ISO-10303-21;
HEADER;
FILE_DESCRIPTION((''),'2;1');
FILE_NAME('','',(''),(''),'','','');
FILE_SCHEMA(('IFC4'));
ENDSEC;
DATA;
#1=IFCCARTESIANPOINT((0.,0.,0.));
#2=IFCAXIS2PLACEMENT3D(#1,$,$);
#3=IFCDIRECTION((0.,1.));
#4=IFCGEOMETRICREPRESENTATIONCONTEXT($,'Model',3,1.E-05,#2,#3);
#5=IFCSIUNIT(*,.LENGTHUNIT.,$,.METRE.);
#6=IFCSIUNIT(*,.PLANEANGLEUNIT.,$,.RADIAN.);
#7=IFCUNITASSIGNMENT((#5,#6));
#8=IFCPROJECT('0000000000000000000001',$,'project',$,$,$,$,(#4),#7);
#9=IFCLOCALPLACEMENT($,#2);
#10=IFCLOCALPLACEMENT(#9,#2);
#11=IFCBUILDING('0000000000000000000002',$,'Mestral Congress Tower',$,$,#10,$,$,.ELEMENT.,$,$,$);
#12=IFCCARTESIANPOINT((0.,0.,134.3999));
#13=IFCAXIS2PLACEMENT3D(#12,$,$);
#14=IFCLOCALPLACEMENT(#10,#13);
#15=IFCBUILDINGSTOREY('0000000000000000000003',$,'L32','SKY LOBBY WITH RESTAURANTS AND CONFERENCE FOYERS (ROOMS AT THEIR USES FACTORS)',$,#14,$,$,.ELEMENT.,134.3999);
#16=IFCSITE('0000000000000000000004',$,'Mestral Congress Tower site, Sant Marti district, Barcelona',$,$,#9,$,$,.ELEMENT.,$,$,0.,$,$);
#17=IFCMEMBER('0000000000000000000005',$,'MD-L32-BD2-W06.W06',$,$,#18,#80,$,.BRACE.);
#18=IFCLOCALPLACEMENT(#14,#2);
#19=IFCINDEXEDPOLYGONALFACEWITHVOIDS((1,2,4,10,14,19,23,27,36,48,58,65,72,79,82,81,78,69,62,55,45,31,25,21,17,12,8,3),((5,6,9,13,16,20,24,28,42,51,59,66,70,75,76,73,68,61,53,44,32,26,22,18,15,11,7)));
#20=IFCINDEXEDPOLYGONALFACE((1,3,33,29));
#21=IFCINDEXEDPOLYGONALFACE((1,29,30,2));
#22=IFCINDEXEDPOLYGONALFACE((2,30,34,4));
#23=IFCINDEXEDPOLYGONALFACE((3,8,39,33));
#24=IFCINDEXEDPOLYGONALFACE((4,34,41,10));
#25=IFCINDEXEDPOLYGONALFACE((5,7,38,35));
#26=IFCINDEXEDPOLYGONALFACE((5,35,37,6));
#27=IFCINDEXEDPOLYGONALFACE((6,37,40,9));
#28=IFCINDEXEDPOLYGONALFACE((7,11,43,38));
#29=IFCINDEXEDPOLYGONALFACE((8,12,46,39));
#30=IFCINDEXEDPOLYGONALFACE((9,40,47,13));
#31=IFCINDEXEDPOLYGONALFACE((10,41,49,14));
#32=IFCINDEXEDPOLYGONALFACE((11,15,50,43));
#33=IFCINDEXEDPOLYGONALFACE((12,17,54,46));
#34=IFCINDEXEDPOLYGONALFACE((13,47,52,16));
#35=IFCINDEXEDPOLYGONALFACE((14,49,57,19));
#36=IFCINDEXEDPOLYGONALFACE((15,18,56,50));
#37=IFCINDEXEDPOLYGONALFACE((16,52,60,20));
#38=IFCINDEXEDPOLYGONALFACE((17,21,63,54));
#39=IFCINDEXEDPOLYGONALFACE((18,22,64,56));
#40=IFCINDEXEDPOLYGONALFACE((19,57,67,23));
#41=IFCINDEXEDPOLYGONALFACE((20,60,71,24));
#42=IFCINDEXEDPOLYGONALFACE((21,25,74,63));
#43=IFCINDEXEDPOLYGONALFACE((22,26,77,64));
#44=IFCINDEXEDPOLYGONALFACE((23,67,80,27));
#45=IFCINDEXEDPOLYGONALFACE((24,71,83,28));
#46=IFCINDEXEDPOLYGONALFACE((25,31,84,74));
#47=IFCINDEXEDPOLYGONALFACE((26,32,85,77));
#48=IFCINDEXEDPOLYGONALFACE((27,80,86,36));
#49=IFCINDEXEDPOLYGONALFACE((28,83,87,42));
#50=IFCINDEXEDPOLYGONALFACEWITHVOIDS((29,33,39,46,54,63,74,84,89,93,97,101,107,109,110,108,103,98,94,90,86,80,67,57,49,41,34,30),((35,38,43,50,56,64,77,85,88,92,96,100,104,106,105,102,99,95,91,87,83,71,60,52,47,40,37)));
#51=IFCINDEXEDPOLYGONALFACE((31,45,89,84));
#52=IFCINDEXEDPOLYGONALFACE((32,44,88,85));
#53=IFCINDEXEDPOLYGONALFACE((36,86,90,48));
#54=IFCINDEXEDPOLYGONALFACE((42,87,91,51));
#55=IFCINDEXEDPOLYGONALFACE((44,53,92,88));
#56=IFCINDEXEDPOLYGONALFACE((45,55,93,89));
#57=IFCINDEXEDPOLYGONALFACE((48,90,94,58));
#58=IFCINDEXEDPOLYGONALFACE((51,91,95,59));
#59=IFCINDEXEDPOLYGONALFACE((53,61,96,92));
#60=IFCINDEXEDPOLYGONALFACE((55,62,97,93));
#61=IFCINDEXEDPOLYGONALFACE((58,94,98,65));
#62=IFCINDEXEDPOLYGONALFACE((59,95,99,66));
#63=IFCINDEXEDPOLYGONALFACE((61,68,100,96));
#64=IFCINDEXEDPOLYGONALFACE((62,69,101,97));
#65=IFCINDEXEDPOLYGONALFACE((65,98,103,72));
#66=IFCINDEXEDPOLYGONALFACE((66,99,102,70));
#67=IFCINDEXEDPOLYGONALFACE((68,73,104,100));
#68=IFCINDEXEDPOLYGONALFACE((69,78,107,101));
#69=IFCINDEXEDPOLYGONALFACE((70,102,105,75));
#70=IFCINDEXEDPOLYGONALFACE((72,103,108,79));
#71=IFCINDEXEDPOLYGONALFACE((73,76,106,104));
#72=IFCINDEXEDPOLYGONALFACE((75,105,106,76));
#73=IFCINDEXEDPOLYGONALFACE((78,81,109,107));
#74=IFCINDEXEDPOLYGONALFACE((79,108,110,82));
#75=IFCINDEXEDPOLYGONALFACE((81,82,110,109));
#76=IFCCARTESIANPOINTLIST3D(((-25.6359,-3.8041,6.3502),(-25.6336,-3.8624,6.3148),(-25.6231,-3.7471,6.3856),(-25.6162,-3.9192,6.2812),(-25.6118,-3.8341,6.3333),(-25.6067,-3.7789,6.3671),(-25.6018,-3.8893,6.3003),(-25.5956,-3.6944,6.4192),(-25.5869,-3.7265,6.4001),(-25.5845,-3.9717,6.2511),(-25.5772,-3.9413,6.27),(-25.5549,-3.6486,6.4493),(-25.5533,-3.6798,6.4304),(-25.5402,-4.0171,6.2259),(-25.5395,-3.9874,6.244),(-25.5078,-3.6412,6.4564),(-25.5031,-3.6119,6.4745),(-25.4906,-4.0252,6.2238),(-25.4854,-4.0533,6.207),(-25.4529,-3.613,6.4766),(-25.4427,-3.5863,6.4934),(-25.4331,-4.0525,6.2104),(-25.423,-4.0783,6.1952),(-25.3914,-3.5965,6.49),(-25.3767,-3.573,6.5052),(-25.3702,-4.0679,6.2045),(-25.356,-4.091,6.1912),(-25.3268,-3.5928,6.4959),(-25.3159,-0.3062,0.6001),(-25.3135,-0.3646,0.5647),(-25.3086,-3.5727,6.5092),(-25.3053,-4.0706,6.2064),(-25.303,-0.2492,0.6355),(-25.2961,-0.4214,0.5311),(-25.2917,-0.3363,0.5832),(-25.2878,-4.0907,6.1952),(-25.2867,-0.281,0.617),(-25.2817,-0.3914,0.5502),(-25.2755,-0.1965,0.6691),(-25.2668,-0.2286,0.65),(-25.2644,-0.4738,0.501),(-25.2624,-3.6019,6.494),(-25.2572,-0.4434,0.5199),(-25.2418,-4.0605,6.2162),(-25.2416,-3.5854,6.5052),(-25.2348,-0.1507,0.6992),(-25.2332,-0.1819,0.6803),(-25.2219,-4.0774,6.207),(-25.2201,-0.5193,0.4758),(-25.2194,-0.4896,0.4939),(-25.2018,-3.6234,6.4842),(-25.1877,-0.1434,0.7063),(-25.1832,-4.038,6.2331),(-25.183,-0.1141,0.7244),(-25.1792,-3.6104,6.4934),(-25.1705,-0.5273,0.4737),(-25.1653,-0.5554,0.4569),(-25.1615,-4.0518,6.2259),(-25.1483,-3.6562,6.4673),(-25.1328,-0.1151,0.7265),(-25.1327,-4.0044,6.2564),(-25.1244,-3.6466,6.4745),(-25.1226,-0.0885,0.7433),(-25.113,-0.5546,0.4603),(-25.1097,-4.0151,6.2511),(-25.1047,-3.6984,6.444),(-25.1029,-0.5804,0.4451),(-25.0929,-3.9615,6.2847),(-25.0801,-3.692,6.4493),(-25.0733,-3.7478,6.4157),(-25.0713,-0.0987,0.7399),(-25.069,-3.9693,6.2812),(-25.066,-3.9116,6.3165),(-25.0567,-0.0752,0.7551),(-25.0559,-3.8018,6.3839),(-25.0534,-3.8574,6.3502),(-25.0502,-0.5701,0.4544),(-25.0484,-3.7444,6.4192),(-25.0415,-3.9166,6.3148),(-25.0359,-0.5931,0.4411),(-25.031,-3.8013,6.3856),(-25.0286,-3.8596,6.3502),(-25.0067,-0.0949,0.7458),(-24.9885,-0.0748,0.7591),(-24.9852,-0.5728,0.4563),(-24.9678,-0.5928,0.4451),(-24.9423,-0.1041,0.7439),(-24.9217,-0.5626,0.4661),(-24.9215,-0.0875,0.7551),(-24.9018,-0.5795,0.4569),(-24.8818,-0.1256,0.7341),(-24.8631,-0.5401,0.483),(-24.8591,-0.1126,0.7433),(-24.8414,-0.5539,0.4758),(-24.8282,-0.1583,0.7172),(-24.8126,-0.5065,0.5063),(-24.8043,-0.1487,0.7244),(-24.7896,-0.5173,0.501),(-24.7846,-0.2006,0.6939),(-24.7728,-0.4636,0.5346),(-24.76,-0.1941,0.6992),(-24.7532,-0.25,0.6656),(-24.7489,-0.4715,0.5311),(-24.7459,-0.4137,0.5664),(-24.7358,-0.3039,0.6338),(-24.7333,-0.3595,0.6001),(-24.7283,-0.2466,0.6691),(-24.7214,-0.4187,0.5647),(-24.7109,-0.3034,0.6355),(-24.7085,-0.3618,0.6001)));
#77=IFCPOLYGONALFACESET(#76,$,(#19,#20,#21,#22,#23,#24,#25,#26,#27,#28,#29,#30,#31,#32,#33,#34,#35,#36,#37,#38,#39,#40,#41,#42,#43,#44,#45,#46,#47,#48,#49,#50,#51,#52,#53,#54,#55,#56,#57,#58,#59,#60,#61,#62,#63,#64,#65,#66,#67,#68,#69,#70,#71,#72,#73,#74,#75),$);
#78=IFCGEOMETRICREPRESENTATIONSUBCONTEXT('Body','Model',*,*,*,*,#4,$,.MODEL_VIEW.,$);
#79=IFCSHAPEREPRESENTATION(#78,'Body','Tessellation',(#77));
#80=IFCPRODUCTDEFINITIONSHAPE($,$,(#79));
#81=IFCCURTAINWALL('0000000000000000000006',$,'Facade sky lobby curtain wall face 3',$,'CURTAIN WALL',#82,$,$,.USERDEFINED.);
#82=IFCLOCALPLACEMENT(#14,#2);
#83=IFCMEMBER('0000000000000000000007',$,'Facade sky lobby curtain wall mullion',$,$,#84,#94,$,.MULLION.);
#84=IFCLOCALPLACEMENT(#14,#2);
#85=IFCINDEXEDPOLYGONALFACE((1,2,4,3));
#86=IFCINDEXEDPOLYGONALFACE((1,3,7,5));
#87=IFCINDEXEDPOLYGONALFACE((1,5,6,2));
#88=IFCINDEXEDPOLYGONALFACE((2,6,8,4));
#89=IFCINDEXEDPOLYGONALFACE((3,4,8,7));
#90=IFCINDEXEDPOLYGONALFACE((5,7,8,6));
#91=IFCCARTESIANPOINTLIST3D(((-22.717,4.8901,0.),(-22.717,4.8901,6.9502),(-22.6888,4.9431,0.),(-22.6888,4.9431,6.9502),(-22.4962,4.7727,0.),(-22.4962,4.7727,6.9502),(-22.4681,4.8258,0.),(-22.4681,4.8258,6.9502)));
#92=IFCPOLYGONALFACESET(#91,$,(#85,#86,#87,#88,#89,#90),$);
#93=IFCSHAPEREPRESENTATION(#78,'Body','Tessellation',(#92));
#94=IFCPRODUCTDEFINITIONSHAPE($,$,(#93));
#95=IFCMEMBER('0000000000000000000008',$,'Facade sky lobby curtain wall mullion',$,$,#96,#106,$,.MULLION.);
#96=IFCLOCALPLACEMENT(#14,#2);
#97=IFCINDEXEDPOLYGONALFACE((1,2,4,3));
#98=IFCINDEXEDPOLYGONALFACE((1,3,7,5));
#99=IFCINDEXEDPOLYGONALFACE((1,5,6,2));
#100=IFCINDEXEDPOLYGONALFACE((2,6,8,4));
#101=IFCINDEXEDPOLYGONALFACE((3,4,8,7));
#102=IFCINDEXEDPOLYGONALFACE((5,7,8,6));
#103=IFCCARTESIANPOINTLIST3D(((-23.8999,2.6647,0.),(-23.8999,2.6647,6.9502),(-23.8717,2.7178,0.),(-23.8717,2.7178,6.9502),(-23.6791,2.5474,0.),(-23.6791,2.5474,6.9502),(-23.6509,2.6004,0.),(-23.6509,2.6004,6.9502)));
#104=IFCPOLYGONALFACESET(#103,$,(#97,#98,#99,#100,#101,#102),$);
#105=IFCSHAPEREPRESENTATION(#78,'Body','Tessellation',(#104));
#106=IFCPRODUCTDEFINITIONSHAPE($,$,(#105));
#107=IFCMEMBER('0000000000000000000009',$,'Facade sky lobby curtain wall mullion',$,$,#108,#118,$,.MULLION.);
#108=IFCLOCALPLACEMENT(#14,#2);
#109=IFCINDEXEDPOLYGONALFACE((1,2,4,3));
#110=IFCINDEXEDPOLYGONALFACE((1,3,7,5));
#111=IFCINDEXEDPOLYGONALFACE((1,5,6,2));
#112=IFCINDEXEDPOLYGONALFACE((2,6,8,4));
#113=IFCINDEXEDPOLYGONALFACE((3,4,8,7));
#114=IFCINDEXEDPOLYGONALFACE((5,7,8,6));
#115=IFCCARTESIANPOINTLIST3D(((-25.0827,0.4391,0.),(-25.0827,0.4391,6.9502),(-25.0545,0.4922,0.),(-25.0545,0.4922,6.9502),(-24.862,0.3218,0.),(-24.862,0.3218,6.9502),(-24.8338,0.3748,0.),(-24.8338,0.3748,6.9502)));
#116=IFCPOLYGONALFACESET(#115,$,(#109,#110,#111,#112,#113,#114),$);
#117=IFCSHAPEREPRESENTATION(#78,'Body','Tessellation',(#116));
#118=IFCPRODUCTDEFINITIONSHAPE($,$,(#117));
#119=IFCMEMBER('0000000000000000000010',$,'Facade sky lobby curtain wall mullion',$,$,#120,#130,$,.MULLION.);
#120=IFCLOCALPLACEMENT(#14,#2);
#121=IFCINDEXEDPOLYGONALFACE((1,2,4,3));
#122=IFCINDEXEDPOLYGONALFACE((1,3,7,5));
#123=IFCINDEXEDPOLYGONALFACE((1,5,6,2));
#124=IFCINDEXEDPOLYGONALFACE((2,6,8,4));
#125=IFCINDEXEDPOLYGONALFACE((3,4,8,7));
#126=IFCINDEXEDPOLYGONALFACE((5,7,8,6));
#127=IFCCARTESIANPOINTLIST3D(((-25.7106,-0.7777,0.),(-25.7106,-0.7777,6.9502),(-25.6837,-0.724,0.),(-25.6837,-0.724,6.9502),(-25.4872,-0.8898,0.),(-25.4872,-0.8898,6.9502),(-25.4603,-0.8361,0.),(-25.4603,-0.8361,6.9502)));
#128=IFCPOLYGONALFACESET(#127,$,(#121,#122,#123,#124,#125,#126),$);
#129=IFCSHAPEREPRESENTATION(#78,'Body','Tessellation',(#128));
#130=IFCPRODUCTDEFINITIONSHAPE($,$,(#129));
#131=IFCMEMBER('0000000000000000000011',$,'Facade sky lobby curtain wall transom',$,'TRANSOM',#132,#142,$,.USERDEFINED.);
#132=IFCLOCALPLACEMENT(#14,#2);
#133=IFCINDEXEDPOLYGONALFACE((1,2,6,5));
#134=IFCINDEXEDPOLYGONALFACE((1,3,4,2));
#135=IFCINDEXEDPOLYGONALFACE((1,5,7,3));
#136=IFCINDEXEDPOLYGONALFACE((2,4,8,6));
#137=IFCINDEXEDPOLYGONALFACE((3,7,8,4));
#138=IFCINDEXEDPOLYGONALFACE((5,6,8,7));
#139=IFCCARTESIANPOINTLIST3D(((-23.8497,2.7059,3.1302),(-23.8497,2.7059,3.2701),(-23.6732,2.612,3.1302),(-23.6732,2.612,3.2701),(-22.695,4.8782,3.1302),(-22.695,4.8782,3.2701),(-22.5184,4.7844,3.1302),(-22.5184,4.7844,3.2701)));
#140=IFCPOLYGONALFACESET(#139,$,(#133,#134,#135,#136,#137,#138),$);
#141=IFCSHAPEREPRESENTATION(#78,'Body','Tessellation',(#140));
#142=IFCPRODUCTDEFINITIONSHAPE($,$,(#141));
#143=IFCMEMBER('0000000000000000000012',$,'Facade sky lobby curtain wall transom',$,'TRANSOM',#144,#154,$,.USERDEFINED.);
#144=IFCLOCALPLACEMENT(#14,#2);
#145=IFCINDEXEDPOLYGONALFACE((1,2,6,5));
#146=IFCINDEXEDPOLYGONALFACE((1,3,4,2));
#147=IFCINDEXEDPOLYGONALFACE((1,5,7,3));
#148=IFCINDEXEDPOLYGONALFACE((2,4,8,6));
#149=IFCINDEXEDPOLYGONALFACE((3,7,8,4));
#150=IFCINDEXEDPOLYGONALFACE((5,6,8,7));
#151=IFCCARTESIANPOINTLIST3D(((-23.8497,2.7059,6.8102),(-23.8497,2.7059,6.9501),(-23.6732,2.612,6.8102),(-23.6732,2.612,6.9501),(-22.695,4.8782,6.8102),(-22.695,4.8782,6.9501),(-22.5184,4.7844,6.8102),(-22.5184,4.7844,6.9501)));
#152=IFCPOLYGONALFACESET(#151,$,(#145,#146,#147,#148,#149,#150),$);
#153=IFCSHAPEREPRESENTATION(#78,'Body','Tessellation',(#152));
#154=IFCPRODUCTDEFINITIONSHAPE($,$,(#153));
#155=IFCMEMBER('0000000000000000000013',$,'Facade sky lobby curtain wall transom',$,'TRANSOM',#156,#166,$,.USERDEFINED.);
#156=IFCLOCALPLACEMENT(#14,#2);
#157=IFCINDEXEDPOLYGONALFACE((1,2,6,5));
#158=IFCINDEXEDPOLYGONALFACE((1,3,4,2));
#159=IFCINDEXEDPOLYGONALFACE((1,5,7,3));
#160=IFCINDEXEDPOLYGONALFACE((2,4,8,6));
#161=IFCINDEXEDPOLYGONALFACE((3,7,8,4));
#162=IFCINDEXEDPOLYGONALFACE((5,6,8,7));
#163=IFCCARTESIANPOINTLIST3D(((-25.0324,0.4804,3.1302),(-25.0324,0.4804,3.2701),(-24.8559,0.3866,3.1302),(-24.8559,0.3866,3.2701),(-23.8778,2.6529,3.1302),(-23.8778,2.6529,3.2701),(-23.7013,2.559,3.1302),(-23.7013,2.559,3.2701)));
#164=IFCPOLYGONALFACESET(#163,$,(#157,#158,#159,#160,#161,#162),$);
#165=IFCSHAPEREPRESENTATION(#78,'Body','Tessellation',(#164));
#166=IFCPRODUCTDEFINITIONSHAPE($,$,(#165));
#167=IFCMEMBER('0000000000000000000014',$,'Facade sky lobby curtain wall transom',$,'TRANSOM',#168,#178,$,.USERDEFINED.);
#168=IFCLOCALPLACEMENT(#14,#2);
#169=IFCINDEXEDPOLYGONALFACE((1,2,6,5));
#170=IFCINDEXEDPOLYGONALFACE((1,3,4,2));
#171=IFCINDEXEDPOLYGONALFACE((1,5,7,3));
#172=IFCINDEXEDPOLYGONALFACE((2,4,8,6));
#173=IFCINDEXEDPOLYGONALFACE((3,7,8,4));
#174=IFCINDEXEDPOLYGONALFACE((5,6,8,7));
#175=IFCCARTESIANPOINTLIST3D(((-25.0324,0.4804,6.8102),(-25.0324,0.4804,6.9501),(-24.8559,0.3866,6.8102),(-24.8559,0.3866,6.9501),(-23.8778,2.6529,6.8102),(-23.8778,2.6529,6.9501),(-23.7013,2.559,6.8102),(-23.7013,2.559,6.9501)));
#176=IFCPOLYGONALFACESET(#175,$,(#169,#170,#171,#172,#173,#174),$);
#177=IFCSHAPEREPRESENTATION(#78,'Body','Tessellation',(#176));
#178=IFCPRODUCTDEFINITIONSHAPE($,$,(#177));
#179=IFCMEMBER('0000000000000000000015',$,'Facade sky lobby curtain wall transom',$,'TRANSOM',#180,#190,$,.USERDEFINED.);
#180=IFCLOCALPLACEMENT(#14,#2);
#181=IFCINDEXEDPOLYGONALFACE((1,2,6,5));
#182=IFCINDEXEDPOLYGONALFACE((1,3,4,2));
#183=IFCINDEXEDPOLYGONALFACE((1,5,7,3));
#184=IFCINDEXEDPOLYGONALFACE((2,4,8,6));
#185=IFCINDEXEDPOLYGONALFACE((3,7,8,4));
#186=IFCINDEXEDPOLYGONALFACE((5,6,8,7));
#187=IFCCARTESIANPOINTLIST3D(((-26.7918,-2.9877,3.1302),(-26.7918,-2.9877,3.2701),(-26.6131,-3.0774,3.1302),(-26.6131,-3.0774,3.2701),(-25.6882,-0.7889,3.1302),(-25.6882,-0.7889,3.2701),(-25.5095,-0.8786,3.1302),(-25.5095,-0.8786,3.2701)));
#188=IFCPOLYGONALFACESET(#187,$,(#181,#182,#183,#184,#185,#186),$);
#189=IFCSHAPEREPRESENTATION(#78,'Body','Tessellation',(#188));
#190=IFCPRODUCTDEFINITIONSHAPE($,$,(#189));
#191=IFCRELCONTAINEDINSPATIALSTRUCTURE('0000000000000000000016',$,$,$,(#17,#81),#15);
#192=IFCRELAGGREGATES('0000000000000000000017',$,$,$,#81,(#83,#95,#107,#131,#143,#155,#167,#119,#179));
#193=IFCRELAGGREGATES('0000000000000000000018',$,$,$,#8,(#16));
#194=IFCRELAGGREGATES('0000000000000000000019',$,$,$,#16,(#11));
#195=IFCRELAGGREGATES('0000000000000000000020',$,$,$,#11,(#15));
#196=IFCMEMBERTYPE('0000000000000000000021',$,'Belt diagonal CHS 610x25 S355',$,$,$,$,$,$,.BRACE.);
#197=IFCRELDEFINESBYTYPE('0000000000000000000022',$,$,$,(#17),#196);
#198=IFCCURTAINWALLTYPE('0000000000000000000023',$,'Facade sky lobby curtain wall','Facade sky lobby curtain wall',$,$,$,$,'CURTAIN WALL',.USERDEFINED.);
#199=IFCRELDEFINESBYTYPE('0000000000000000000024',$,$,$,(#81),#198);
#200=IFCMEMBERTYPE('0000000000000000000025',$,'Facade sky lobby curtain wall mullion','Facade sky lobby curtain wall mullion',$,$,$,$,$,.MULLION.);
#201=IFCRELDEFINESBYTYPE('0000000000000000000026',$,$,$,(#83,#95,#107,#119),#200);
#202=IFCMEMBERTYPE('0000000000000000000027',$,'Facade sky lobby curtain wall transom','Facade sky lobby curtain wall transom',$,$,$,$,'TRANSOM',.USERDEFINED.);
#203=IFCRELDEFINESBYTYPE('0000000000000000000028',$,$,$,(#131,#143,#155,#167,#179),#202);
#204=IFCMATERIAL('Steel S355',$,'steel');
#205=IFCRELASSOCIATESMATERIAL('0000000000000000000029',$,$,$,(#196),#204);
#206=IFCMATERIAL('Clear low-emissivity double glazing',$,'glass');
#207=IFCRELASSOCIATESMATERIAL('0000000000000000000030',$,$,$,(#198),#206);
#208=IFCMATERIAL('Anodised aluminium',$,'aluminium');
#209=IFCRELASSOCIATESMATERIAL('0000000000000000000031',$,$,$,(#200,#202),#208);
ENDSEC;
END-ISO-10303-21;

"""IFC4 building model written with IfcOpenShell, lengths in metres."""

from ifc_helpers import new_model, si_unit, direction, frame, origin, origin_2d, place, context, subcontext, project, spatial, rectangle, hollow_circle, extrude, material, material_profile, profile_set, type_object, element, aggregate, save


model = new_model("IFC4")

# Units and contexts
model_context = context("Model", 3, precision=1e-05, world=origin(), true_north=direction((0.0, 1.0)))
body_context = subcontext(model_context, "Body", "Model", "MODEL_VIEW")
ifc_project = project(units=[si_unit("LENGTHUNIT", "METRE"), si_unit("PLANEANGLEUNIT", "RADIAN")], contexts=[model_context])

# Site, building, storey
site_placement = place(None, origin())
site = spatial("IfcSite", under=ifc_project, at=site_placement, Name="Mestral Congress Tower site, Sant Marti district, Barcelona", CompositionType="ELEMENT", RefElevation=0.0)
building_placement = place(site_placement, origin())
building = spatial("IfcBuilding", under=site, at=building_placement, Name="Mestral Congress Tower", CompositionType="ELEMENT")
storey_placement = place(building_placement, frame((0.0, 0.0, 134.3999)))
storey = spatial("IfcBuildingStorey", under=building, at=storey_placement, Name="L32", Description="SKY LOBBY WITH RESTAURANTS AND CONFERENCE FOYERS (ROOMS AT THEIR USES FACTORS)", CompositionType="ELEMENT", Elevation=134.3999)

# Member
ifc_material_1 = material(Name="Steel S355", Category="steel")
ifc_material_profile_1 = material_profile(ifc_material_1, hollow_circle(Radius=0.3049, WallThickness=0.0249, at=origin_2d()), Name="CHS 610x25")
ifc_profile_set_1 = profile_set([ifc_material_profile_1], Name="Steel S355")
member_type_1 = type_object("IfcMemberType", Name="Belt diagonal CHS 610x25 S355", PredefinedType="BRACE", material=ifc_profile_set_1)
member_1_placement = place(storey_placement, frame((-25.0122, -0.334, 0.6001), z_axis=(-0.047503, -0.519122, 0.853379), x_axis=(0.995839, -0.091125, 0.0)))
element("IfcMember", 1, at=member_1_placement, inside=storey, type_object=member_type_1, Name="MD-L32-BD2-W06.W06", PredefinedType="BRACE", context=body_context, shape_type="SweptSolid", body=[
    extrude(hollow_circle(Radius=0.3049, WallThickness=0.0249, at=origin_2d()), origin(), (0.0, 0.0, 1.0), 6.738),
])

# Curtain wall, members
ifc_material_2 = material(Name="Clear low-emissivity double glazing", Category="glass")
curtain_wall_type = type_object("IfcCurtainWallType", Name="Facade sky lobby curtain wall", Description="Facade sky lobby curtain wall", ElementType="CURTAIN WALL", PredefinedType="USERDEFINED", material=ifc_material_2)
curtain_wall_placement = place(storey_placement, origin())
curtain_wall = element("IfcCurtainWall", 2, at=curtain_wall_placement, inside=storey, type_object=curtain_wall_type, Name="Facade sky lobby curtain wall face 3", ObjectType="CURTAIN WALL", PredefinedType="USERDEFINED")
ifc_material_3 = material(Name="Anodised aluminium", Category="aluminium")
ifc_material_profile_2 = material_profile(ifc_material_3, rectangle(XDim=0.25, YDim=0.0601, at=origin_2d()), Name="CW1 mullion 250 x 60")
ifc_profile_set_2 = profile_set([ifc_material_profile_2], Name="Anodised aluminium")
member_type_2 = type_object("IfcMemberType", Name="Facade sky lobby curtain wall mullion", Description="Facade sky lobby curtain wall mullion", PredefinedType="MULLION", material=ifc_profile_set_2)
member_2_placement = place(storey_placement, frame((-22.5925, 4.8579, 0.0), z_axis=(0.0, 0.0, 1.0), x_axis=(-0.883025, 0.469327, 0.0)))
member_2 = element("IfcMember", 3, at=member_2_placement, type_object=member_type_2, Name="Facade sky lobby curtain wall mullion", PredefinedType="MULLION", context=body_context, shape_type="SweptSolid", body=[
    extrude(rectangle(XDim=0.25, YDim=0.0601, at=origin_2d()), origin(), (0.0, 0.0, 1.0), 6.9502),
])
member_3_placement = place(storey_placement, frame((-23.7754, 2.6326, 0.0), z_axis=(0.0, 0.0, 1.0), x_axis=(-0.883025, 0.469327, 0.0)))
member_3 = element("IfcMember", 4, at=member_3_placement, type_object=member_type_2, Name="Facade sky lobby curtain wall mullion", PredefinedType="MULLION", context=body_context, shape_type="SweptSolid", body=[
    extrude(rectangle(XDim=0.25, YDim=0.0601, at=origin_2d()), origin(), (0.0, 0.0, 1.0), 6.9502),
])
member_4_placement = place(storey_placement, frame((-24.9583, 0.407, 0.0), z_axis=(0.0, 0.0, 1.0), x_axis=(-0.883025, 0.469327, 0.0)))
member_4 = element("IfcMember", 5, at=member_4_placement, type_object=member_type_2, Name="Facade sky lobby curtain wall mullion", PredefinedType="MULLION", context=body_context, shape_type="SweptSolid", body=[
    extrude(rectangle(XDim=0.25, YDim=0.0601, at=origin_2d()), origin(), (0.0, 0.0, 1.0), 6.9502),
])
member_5_placement = place(storey_placement, frame((-25.5854, -0.8069, 0.0), z_axis=(0.0, 0.0, 1.0), x_axis=(-0.893762, 0.448542, 0.0)))
member_5 = element("IfcMember", 6, at=member_5_placement, type_object=member_type_2, Name="Facade sky lobby curtain wall mullion", PredefinedType="MULLION", context=body_context, shape_type="SweptSolid", body=[
    extrude(rectangle(XDim=0.25, YDim=0.0601, at=origin_2d()), origin(), (0.0, 0.0, 1.0), 6.9502),
])
ifc_material_profile_3 = material_profile(ifc_material_3, rectangle(XDim=0.2, YDim=0.1399, at=origin_2d()), Name="CW1 transom 200 x 140")
ifc_profile_set_3 = profile_set([ifc_material_profile_3], Name="Anodised aluminium")
member_type_3 = type_object("IfcMemberType", Name="Facade sky lobby curtain wall transom", Description="Facade sky lobby curtain wall transom", ElementType="TRANSOM", PredefinedType="USERDEFINED", material=ifc_profile_set_3)
member_6_placement = place(storey_placement, frame((-22.6067, 4.8313, 3.2002), z_axis=(-0.469383, -0.882995, 0.0), x_axis=(0.882995, -0.469383, 0.0)))
member_6 = element("IfcMember", 7, at=member_6_placement, type_object=member_type_3, Name="Facade sky lobby curtain wall transom", ObjectType="TRANSOM", PredefinedType="USERDEFINED", context=body_context, shape_type="SweptSolid", body=[
    extrude(rectangle(XDim=0.2, YDim=0.1399, at=origin_2d()), origin(), (0.0, 0.0, 1.0), 2.4602),
])
member_7_placement = place(storey_placement, frame((-22.6067, 4.8313, 6.8801), z_axis=(-0.469383, -0.882995, 0.0), x_axis=(0.882995, -0.469383, 0.0)))
member_7 = element("IfcMember", 8, at=member_7_placement, type_object=member_type_3, Name="Facade sky lobby curtain wall transom", ObjectType="TRANSOM", PredefinedType="USERDEFINED", context=body_context, shape_type="SweptSolid", body=[
    extrude(rectangle(XDim=0.2, YDim=0.1399, at=origin_2d()), origin(), (0.0, 0.0, 1.0), 2.4602),
])
member_8_placement = place(storey_placement, frame((-23.7896, 2.606, 3.2002), z_axis=(-0.469305, -0.883036, 0.0), x_axis=(0.883036, -0.469305, 0.0)))
member_8 = element("IfcMember", 9, at=member_8_placement, type_object=member_type_3, Name="Facade sky lobby curtain wall transom", ObjectType="TRANSOM", PredefinedType="USERDEFINED", context=body_context, shape_type="SweptSolid", body=[
    extrude(rectangle(XDim=0.2, YDim=0.1399, at=origin_2d()), origin(), (0.0, 0.0, 1.0), 2.4602),
])
member_9_placement = place(storey_placement, frame((-23.7896, 2.606, 6.8801), z_axis=(-0.469305, -0.883036, 0.0), x_axis=(0.883036, -0.469305, 0.0)))
member_9 = element("IfcMember", 10, at=member_9_placement, type_object=member_type_3, Name="Facade sky lobby curtain wall transom", ObjectType="TRANSOM", PredefinedType="USERDEFINED", context=body_context, shape_type="SweptSolid", body=[
    extrude(rectangle(XDim=0.2, YDim=0.1399, at=origin_2d()), origin(), (0.0, 0.0, 1.0), 2.4602),
])
member_10_placement = place(storey_placement, frame((-25.5989, -0.8337, 3.2002), z_axis=(-0.448563, -0.893751, 0.0), x_axis=(0.893751, -0.448563, 0.0)))
member_10 = element("IfcMember", 11, at=member_10_placement, type_object=member_type_3, Name="Facade sky lobby curtain wall transom", ObjectType="TRANSOM", PredefinedType="USERDEFINED", context=body_context, shape_type="SweptSolid", body=[
    extrude(rectangle(XDim=0.2, YDim=0.1399, at=origin_2d()), origin(), (0.0, 0.0, 1.0), 2.4602),
])

aggregate(curtain_wall, [member_2, member_3, member_4, member_6, member_7, member_8, member_9, member_5, member_10])

save(model, "model.ifc")
